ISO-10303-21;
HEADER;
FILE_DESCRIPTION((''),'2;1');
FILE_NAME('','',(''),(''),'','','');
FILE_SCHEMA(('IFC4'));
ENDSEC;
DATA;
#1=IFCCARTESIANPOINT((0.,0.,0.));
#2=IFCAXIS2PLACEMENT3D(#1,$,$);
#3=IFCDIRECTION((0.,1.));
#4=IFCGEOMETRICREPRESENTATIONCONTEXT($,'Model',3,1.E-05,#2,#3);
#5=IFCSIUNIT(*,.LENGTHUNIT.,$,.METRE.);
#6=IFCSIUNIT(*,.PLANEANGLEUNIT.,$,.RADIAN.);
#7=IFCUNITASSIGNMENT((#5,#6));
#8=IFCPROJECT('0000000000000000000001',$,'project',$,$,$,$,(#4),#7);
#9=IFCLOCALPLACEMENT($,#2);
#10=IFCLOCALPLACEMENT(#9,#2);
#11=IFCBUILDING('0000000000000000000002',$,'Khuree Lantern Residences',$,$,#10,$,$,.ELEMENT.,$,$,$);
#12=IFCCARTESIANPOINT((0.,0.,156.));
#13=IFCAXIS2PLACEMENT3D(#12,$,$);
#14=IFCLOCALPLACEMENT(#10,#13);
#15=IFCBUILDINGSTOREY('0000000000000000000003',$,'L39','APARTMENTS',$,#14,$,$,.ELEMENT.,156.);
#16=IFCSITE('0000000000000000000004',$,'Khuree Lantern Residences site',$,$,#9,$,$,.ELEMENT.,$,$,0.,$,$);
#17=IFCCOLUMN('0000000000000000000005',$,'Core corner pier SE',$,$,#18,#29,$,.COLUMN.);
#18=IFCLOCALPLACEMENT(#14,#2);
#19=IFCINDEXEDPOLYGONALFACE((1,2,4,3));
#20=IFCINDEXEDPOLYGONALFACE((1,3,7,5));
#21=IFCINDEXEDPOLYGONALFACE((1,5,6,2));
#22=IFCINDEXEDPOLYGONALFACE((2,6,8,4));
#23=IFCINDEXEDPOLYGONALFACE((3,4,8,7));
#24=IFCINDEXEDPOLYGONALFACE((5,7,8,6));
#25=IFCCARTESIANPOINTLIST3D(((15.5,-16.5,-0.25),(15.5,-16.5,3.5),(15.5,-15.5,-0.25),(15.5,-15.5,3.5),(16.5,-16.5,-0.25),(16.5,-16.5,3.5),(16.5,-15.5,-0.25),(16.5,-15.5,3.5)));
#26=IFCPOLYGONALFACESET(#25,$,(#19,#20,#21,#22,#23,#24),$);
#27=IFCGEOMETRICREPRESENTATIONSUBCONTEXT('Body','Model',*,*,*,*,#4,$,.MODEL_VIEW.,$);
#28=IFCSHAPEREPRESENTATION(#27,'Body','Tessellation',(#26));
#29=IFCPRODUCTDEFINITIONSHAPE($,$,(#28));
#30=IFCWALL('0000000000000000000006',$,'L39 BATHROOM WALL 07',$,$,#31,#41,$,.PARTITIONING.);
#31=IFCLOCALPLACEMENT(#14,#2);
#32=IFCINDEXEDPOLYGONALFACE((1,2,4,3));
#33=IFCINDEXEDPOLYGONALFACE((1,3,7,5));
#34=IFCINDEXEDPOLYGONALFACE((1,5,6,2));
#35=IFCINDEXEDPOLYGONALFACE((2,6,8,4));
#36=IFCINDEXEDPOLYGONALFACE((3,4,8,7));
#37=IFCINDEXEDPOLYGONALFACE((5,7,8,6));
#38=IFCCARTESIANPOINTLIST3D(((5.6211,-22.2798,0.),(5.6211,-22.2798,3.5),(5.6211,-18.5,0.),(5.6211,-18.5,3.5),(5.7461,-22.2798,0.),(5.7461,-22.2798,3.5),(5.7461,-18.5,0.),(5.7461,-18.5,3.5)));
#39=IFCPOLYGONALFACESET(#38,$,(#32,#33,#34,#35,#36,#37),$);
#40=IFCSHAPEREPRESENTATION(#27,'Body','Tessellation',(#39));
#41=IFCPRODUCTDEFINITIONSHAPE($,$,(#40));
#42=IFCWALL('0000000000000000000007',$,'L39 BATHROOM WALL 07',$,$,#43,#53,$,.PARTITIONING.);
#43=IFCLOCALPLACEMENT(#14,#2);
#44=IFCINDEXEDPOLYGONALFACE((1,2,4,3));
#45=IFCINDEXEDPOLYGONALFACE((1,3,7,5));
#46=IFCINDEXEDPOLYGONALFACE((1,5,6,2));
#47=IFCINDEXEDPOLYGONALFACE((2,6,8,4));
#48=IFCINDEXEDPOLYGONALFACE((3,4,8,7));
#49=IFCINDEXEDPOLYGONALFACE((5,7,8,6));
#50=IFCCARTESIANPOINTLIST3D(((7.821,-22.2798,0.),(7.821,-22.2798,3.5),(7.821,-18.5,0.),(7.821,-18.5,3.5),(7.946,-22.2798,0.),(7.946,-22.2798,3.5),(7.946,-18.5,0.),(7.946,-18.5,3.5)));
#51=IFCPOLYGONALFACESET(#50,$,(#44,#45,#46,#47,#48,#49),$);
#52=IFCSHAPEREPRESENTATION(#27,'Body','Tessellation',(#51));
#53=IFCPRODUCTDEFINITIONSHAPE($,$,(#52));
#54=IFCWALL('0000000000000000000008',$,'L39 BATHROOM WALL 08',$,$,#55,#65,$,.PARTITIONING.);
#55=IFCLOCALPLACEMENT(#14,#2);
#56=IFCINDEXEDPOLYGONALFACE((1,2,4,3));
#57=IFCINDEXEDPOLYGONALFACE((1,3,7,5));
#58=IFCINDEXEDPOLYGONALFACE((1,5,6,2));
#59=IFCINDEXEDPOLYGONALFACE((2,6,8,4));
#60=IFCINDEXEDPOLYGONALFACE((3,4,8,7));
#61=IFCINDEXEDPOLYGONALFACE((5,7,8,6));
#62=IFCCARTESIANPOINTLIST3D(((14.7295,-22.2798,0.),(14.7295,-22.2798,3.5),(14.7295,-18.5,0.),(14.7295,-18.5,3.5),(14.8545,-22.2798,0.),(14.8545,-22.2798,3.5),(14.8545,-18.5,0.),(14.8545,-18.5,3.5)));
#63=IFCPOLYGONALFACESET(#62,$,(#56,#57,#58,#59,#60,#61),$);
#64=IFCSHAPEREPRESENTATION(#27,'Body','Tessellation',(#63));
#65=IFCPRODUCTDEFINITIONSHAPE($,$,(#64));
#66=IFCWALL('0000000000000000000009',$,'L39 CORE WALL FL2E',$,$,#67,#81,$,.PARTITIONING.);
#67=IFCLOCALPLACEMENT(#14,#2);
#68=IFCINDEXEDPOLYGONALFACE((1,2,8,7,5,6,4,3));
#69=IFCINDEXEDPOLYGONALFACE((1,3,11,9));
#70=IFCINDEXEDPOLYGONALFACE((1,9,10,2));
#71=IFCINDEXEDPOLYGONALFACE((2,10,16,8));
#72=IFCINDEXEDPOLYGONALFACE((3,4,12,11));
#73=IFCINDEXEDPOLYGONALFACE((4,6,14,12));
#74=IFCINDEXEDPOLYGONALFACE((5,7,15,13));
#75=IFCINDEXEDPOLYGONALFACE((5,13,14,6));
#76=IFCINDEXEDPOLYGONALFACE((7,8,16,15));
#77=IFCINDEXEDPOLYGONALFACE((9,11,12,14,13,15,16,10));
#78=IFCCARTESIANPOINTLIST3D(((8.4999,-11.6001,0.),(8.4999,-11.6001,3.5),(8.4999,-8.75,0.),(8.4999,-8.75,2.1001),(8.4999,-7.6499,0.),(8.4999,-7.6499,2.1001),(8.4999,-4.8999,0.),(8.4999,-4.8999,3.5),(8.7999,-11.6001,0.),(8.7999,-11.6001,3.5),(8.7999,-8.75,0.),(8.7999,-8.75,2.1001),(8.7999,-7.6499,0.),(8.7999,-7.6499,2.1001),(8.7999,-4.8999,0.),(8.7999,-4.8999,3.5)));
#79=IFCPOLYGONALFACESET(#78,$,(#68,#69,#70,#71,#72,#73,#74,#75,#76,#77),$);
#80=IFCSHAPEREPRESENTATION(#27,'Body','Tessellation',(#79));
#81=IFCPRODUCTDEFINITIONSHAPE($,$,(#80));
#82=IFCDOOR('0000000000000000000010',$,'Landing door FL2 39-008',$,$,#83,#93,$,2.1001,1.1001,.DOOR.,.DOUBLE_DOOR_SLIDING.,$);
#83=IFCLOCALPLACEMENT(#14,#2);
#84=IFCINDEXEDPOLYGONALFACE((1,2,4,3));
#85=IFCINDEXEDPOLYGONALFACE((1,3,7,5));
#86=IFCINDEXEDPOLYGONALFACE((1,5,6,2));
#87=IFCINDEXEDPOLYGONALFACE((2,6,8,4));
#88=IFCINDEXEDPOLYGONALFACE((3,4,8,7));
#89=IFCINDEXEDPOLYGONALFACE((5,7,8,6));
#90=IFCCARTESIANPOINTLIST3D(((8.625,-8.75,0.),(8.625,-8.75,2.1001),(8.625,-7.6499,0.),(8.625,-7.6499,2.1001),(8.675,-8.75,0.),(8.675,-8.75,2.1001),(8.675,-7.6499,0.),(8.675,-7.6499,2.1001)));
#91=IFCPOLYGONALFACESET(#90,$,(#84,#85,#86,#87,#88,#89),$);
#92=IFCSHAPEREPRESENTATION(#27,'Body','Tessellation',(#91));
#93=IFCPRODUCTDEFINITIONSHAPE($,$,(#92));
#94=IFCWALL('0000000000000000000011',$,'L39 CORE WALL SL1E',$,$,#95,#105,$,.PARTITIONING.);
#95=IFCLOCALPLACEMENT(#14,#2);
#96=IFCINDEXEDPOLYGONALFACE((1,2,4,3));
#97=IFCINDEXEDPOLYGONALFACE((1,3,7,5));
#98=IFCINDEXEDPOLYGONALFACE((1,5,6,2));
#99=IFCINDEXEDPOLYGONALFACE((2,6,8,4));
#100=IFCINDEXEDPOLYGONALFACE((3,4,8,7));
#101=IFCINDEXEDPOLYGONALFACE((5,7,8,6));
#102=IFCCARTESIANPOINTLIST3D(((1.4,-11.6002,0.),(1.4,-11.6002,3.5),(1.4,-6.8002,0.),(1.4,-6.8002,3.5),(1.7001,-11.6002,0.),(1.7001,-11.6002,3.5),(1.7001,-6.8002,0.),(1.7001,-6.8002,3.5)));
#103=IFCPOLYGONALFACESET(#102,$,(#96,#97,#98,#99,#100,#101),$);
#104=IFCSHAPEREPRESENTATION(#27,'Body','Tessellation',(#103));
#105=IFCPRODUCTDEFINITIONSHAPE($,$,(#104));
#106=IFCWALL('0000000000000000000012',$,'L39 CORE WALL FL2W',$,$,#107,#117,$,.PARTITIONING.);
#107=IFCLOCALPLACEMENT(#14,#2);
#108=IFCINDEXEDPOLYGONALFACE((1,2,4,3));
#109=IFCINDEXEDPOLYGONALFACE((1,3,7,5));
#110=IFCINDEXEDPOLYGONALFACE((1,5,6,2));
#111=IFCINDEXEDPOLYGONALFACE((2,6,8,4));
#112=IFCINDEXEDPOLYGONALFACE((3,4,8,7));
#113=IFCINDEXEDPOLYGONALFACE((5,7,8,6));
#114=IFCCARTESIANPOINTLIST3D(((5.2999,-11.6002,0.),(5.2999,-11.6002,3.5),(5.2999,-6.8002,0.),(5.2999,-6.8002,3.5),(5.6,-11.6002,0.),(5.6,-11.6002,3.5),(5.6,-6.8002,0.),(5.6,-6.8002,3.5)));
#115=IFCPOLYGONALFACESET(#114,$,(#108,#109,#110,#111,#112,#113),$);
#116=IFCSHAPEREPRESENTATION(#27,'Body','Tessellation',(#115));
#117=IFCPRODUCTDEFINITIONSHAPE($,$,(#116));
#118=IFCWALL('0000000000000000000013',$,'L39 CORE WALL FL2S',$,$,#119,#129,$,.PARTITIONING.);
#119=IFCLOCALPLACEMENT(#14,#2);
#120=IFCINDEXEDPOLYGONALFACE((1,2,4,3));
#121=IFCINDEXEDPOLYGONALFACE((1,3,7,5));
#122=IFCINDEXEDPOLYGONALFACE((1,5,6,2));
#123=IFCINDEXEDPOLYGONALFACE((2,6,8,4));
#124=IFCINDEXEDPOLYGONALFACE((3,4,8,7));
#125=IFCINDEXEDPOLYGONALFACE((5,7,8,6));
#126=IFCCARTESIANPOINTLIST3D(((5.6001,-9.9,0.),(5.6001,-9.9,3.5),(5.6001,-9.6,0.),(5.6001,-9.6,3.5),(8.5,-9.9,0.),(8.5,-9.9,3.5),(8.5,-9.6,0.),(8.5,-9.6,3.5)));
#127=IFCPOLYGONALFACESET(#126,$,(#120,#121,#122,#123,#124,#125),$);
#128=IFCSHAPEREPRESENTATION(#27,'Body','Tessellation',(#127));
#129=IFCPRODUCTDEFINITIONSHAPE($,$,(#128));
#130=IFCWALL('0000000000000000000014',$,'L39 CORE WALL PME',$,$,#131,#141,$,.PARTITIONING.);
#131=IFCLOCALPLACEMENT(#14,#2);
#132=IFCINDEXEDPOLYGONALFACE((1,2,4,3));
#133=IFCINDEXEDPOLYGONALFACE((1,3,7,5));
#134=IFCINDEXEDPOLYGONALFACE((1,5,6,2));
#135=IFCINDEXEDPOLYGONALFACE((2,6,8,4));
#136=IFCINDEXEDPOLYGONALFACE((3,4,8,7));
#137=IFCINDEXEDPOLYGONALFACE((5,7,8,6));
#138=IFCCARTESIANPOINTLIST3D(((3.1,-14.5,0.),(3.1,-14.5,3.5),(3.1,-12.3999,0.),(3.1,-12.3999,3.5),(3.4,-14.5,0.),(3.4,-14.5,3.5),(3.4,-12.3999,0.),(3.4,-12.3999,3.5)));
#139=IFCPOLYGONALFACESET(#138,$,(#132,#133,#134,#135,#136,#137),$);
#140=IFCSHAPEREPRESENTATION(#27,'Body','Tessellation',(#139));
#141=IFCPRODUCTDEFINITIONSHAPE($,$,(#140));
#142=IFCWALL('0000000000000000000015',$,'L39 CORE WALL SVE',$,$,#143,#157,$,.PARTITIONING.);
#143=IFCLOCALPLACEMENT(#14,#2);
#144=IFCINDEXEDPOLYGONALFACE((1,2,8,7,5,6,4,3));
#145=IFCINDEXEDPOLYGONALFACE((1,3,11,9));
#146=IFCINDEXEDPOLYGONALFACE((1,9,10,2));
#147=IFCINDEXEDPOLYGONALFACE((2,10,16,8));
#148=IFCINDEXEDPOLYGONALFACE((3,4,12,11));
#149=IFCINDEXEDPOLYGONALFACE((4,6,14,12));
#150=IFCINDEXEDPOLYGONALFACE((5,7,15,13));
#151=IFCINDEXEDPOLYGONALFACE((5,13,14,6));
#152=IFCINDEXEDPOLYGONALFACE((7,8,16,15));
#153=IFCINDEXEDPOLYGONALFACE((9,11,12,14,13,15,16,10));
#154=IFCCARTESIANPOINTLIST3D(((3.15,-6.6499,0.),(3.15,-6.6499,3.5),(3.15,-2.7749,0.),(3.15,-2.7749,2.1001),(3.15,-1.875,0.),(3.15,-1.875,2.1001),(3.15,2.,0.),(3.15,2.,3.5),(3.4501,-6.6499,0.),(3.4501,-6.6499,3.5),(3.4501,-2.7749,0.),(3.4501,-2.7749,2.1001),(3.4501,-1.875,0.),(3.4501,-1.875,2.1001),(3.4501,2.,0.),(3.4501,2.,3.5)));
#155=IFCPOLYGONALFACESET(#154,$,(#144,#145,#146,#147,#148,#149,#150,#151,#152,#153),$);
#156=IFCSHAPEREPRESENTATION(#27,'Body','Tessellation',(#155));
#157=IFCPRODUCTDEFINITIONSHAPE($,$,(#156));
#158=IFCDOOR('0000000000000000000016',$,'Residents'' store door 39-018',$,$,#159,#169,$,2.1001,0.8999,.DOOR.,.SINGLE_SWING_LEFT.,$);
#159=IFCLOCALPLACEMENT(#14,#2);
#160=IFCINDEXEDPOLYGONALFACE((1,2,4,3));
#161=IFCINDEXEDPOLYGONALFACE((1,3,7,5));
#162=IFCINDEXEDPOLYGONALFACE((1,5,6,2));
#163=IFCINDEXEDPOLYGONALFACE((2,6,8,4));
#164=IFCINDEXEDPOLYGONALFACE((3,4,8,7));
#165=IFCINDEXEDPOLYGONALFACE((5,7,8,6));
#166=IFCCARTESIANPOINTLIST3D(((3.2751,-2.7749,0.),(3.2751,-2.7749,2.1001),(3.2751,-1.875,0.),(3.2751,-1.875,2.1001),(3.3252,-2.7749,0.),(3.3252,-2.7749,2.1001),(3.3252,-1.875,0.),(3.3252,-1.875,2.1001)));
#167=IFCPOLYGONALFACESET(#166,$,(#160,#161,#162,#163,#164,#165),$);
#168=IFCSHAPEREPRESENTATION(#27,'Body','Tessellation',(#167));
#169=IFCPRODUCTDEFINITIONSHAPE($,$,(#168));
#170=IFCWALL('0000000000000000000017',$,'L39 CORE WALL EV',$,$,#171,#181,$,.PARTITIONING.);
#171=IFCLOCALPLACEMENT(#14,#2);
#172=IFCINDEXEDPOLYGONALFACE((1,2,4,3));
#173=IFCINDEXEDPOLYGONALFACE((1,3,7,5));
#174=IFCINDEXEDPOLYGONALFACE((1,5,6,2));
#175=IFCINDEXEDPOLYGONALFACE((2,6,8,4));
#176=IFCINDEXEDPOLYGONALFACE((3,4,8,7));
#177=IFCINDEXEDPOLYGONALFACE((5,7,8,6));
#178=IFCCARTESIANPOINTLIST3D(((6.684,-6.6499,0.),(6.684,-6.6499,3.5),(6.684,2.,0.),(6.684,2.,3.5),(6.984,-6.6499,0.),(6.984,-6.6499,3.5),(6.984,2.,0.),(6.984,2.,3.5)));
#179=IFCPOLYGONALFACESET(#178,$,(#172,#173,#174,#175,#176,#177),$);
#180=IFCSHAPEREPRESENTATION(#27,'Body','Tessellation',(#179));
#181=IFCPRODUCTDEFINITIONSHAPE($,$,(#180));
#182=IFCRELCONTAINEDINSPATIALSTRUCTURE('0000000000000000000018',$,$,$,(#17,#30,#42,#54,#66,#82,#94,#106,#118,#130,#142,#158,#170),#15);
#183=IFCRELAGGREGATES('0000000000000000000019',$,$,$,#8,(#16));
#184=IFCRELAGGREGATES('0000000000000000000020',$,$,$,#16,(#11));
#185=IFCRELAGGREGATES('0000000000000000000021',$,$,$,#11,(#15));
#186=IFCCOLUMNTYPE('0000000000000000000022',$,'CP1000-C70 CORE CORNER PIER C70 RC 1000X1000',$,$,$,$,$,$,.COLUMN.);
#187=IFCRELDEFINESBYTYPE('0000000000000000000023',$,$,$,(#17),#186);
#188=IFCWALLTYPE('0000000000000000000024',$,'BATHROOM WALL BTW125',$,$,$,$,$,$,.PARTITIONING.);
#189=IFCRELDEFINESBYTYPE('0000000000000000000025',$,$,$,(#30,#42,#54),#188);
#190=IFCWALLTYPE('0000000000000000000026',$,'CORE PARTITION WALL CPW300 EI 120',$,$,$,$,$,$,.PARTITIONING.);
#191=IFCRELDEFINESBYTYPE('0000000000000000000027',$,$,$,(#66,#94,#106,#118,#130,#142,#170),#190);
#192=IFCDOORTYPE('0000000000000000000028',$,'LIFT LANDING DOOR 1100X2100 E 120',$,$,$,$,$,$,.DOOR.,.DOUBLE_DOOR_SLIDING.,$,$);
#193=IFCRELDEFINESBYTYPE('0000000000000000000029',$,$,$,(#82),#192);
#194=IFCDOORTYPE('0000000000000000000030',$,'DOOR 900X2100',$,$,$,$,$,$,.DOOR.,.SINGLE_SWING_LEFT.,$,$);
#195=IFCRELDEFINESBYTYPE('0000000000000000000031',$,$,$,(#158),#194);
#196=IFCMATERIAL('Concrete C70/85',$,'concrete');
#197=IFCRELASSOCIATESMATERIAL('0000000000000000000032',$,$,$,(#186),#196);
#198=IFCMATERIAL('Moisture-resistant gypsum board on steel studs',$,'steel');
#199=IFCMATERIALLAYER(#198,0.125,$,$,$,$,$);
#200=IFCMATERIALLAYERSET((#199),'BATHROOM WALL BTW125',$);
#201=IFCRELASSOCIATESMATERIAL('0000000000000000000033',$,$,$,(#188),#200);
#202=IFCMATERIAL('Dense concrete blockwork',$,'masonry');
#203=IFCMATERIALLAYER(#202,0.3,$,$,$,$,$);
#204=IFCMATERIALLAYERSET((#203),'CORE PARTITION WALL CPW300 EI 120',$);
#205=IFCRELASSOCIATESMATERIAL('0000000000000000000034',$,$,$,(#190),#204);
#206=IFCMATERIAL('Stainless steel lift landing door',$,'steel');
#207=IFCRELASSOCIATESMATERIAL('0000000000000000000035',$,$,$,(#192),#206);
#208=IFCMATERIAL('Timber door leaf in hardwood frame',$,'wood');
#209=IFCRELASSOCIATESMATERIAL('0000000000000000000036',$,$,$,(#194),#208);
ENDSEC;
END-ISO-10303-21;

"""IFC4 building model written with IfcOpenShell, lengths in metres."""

from ifc_helpers import new_model, si_unit, direction, frame, frame_2d, origin, origin_2d, place, context, subcontext, project, spatial, rectangle, extrude, material, layer, layer_set, material_profile, profile_set, type_object, element, fill, save


model = new_model("IFC4")

# Units and contexts
model_context = context("Model", 3, precision=1e-05, world=origin(), true_north=direction((0.0, 1.0)))
body_context = subcontext(model_context, "Body", "Model", "MODEL_VIEW")
ifc_project = project(units=[si_unit("LENGTHUNIT", "METRE"), si_unit("PLANEANGLEUNIT", "RADIAN")], contexts=[model_context])

# Site, building, storey
site_placement = place(None, origin())
site = spatial("IfcSite", under=ifc_project, at=site_placement, Name="Khuree Lantern Residences site", CompositionType="ELEMENT", RefElevation=0.0)
building_placement = place(site_placement, origin())
building = spatial("IfcBuilding", under=site, at=building_placement, Name="Khuree Lantern Residences", CompositionType="ELEMENT")
storey_placement = place(building_placement, frame((0.0, 0.0, 156.0)))
storey = spatial("IfcBuildingStorey", under=building, at=storey_placement, Name="L39", Description="APARTMENTS", CompositionType="ELEMENT", Elevation=156.0)

# Column
ifc_material_1 = material(Name="Concrete C70/85", Category="concrete")
ifc_material_profile = material_profile(ifc_material_1, rectangle(XDim=1.0, YDim=1.0, at=origin_2d()), Name="RC 1000X1000")
ifc_profile_set = profile_set([ifc_material_profile], Name="Concrete C70/85")
column_type = type_object("IfcColumnType", Name="CP1000-C70 CORE CORNER PIER C70 RC 1000X1000", PredefinedType="COLUMN", material=ifc_profile_set)
column_placement = place(storey_placement, frame((16.0, -16.0, -0.25), z_axis=(0.0, 0.0, 1.0), x_axis=(1.0, 0.0, 0.0)))
element("IfcColumn", 1, at=column_placement, inside=storey, type_object=column_type, Name="Core corner pier SE", PredefinedType="COLUMN", context=body_context, shape_type="SweptSolid", body=[
    extrude(rectangle(XDim=1.0, YDim=1.0, at=origin_2d()), origin(), (0.0, 0.0, 1.0), 3.75),
])

# Walls
ifc_material_2 = material(Name="Moisture-resistant gypsum board on steel studs", Category="steel")
ifc_layer_1 = layer(ifc_material_2, 0.125)
ifc_layer_set_1 = layer_set([ifc_layer_1], Name="BATHROOM WALL BTW125")
wall_type_1 = type_object("IfcWallType", Name="BATHROOM WALL BTW125", PredefinedType="PARTITIONING", material=ifc_layer_set_1)
for number, where, z_axis, x_axis, name in (
    (2, (5.6836, -18.5, 0.0), (0.0, 0.0, 1.0), (0.0, -1.0, 0.0), "L39 BATHROOM WALL 07"),
    (3, (7.8835, -18.5, 0.0), (0.0, 0.0, 1.0), (0.0, -1.0, 0.0), "L39 BATHROOM WALL 07"),
    (4, (14.792, -18.5, 0.0), (0.0, 0.0, 1.0), (0.0, -1.0, 0.0), "L39 BATHROOM WALL 08"),
):
    element("IfcWall", number, at=place(storey_placement, frame(where, z_axis=z_axis, x_axis=x_axis)), inside=storey, type_object=wall_type_1, Name=name, PredefinedType="PARTITIONING", context=body_context, shape_type="SweptSolid", body=[
        extrude(rectangle(XDim=3.7798, YDim=0.125, at=frame_2d((1.8899, 0.0))), origin(), (0.0, 0.0, 1.0), 3.5),
    ])

# Wall, opening, door
ifc_material_3 = material(Name="Dense concrete blockwork", Category="masonry")
ifc_layer_2 = layer(ifc_material_3, 0.3)
ifc_layer_set_2 = layer_set([ifc_layer_2], Name="CORE PARTITION WALL CPW300 EI 120")
wall_type_2 = type_object("IfcWallType", Name="CORE PARTITION WALL CPW300 EI 120", PredefinedType="PARTITIONING", material=ifc_layer_set_2)
wall_1_placement = place(storey_placement, frame((8.6499, -11.6001, 0.0), z_axis=(0.0, 0.0, 1.0), x_axis=(0.0, 1.0, 0.0)))
wall_1 = element("IfcWall", 5, at=wall_1_placement, inside=storey, type_object=wall_type_2, Name="L39 CORE WALL FL2E", PredefinedType="PARTITIONING", context=body_context, shape_type="SweptSolid", body=[
    extrude(rectangle(XDim=6.7002, YDim=0.3, at=frame_2d((3.3501, 0.0))), origin(), (0.0, 0.0, 1.0), 3.5),
])
opening_1_placement = place(wall_1_placement, frame((2.8501, 0.0, 0.0)))
opening_1 = element("IfcOpeningElement", 6, at=opening_1_placement, cuts=wall_1, PredefinedType="OPENING", context=body_context, shape_type="SweptSolid", body=[
    extrude(rectangle(XDim=1.1001, YDim=2.1001, at=frame_2d((0.55, 1.05))), frame((0.0, 0.1602, 0.0), z_axis=(0.0, -1.0, 0.0), x_axis=(1.0, 0.0, 0.0)), (0.0, 0.0, 1.0), 0.3201),
])
ifc_material_4 = material(Name="Stainless steel lift landing door", Category="steel")
door_type_1 = type_object("IfcDoorType", Name="LIFT LANDING DOOR 1100X2100 E 120", OperationType="DOUBLE_DOOR_SLIDING", PredefinedType="DOOR", material=ifc_material_4)
door_1_placement = place(opening_1_placement, origin())
door_1 = element("IfcDoor", 7, at=door_1_placement, inside=storey, type_object=door_type_1, Name="Landing door FL2 39-008", OperationType="DOUBLE_DOOR_SLIDING", OverallHeight=2.1001, OverallWidth=1.1001, PredefinedType="DOOR", context=body_context, shape_type="SweptSolid", body=[
    extrude(rectangle(XDim=1.1001, YDim=2.1001, at=frame_2d((0.55, 1.05))), frame((0.0, 0.0249, 0.0), z_axis=(0.0, -1.0, 0.0), x_axis=(1.0, 0.0, 0.0)), (0.0, 0.0, 1.0), 0.05),
])
fill(opening_1, door_1)

# Walls
for number, where, z_axis, x_axis, name in (
    (8, (1.55, -11.6001, 0.0), (0.0, 0.0, 1.0), (0.0, 1.0, 0.0), "L39 CORE WALL SL1E"),
    (9, (5.45, -11.6001, 0.0), (0.0, 0.0, 1.0), (0.0, 1.0, 0.0), "L39 CORE WALL FL2W"),
):
    element("IfcWall", number, at=place(storey_placement, frame(where, z_axis=z_axis, x_axis=x_axis)), inside=storey, type_object=wall_type_2, Name=name, PredefinedType="PARTITIONING", context=body_context, shape_type="SweptSolid", body=[
        extrude(rectangle(XDim=4.8, YDim=0.3, at=frame_2d((2.3999, 0.0))), origin(), (0.0, 0.0, 1.0), 3.5),
    ])
wall_2_placement = place(storey_placement, frame((5.6001, -9.75, 0.0), z_axis=(0.0, 0.0, 1.0), x_axis=(1.0, 0.0, 0.0)))
element("IfcWall", 10, at=wall_2_placement, inside=storey, type_object=wall_type_2, Name="L39 CORE WALL FL2S", PredefinedType="PARTITIONING", context=body_context, shape_type="SweptSolid", body=[
    extrude(rectangle(XDim=2.8999, YDim=0.3, at=frame_2d((1.45, 0.0))), origin(), (0.0, 0.0, 1.0), 3.5),
])
wall_3_placement = place(storey_placement, frame((3.25, -14.5, 0.0), z_axis=(0.0, 0.0, 1.0), x_axis=(0.0, 1.0, 0.0)))
element("IfcWall", 11, at=wall_3_placement, inside=storey, type_object=wall_type_2, Name="L39 CORE WALL PME", PredefinedType="PARTITIONING", context=body_context, shape_type="SweptSolid", body=[
    extrude(rectangle(XDim=2.1001, YDim=0.3, at=frame_2d((1.05, 0.0))), origin(), (0.0, 0.0, 1.0), 3.5),
])

# Wall, opening, door
wall_4_placement = place(storey_placement, frame((3.3, -6.6499, 0.0), z_axis=(0.0, 0.0, 1.0), x_axis=(0.0, 1.0, 0.0)))
wall_4 = element("IfcWall", 12, at=wall_4_placement, inside=storey, type_object=wall_type_2, Name="L39 CORE WALL SVE", PredefinedType="PARTITIONING", context=body_context, shape_type="SweptSolid", body=[
    extrude(rectangle(XDim=8.6499, YDim=0.3, at=frame_2d((4.325, 0.0))), origin(), (0.0, 0.0, 1.0), 3.5),
])
opening_2_placement = place(wall_4_placement, frame((3.875, 0.0, 0.0)))
opening_2 = element("IfcOpeningElement", 13, at=opening_2_placement, cuts=wall_4, PredefinedType="OPENING", context=body_context, shape_type="SweptSolid", body=[
    extrude(rectangle(XDim=0.8999, YDim=2.1001, at=frame_2d((0.45, 1.05))), frame((0.0, 0.1602, 0.0), z_axis=(0.0, -1.0, 0.0), x_axis=(1.0, 0.0, 0.0)), (0.0, 0.0, 1.0), 0.3201),
])
ifc_material_5 = material(Name="Timber door leaf in hardwood frame", Category="wood")
door_type_2 = type_object("IfcDoorType", Name="DOOR 900X2100", OperationType="SINGLE_SWING_LEFT", PredefinedType="DOOR", material=ifc_material_5)
door_2_placement = place(opening_2_placement, origin())
door_2 = element("IfcDoor", 14, at=door_2_placement, inside=storey, type_object=door_type_2, Name="Residents' store door 39-018", OperationType="SINGLE_SWING_LEFT", OverallHeight=2.1001, OverallWidth=0.8999, PredefinedType="DOOR", context=body_context, shape_type="SweptSolid", body=[
    extrude(rectangle(XDim=0.8999, YDim=2.1001, at=frame_2d((0.45, 1.05))), frame((0.0, 0.0249, 0.0), z_axis=(0.0, -1.0, 0.0), x_axis=(1.0, 0.0, 0.0)), (0.0, 0.0, 1.0), 0.05),
])
fill(opening_2, door_2)

# Wall
wall_5_placement = place(storey_placement, frame((6.834, -6.6499, 0.0), z_axis=(0.0, 0.0, 1.0), x_axis=(0.0, 1.0, 0.0)))
element("IfcWall", 15, at=wall_5_placement, inside=storey, type_object=wall_type_2, Name="L39 CORE WALL EV", PredefinedType="PARTITIONING", context=body_context, shape_type="SweptSolid", body=[
    extrude(rectangle(XDim=8.6499, YDim=0.3, at=frame_2d((4.325, 0.0))), origin(), (0.0, 0.0, 1.0), 3.5),
])

save(model, "model.ifc")
